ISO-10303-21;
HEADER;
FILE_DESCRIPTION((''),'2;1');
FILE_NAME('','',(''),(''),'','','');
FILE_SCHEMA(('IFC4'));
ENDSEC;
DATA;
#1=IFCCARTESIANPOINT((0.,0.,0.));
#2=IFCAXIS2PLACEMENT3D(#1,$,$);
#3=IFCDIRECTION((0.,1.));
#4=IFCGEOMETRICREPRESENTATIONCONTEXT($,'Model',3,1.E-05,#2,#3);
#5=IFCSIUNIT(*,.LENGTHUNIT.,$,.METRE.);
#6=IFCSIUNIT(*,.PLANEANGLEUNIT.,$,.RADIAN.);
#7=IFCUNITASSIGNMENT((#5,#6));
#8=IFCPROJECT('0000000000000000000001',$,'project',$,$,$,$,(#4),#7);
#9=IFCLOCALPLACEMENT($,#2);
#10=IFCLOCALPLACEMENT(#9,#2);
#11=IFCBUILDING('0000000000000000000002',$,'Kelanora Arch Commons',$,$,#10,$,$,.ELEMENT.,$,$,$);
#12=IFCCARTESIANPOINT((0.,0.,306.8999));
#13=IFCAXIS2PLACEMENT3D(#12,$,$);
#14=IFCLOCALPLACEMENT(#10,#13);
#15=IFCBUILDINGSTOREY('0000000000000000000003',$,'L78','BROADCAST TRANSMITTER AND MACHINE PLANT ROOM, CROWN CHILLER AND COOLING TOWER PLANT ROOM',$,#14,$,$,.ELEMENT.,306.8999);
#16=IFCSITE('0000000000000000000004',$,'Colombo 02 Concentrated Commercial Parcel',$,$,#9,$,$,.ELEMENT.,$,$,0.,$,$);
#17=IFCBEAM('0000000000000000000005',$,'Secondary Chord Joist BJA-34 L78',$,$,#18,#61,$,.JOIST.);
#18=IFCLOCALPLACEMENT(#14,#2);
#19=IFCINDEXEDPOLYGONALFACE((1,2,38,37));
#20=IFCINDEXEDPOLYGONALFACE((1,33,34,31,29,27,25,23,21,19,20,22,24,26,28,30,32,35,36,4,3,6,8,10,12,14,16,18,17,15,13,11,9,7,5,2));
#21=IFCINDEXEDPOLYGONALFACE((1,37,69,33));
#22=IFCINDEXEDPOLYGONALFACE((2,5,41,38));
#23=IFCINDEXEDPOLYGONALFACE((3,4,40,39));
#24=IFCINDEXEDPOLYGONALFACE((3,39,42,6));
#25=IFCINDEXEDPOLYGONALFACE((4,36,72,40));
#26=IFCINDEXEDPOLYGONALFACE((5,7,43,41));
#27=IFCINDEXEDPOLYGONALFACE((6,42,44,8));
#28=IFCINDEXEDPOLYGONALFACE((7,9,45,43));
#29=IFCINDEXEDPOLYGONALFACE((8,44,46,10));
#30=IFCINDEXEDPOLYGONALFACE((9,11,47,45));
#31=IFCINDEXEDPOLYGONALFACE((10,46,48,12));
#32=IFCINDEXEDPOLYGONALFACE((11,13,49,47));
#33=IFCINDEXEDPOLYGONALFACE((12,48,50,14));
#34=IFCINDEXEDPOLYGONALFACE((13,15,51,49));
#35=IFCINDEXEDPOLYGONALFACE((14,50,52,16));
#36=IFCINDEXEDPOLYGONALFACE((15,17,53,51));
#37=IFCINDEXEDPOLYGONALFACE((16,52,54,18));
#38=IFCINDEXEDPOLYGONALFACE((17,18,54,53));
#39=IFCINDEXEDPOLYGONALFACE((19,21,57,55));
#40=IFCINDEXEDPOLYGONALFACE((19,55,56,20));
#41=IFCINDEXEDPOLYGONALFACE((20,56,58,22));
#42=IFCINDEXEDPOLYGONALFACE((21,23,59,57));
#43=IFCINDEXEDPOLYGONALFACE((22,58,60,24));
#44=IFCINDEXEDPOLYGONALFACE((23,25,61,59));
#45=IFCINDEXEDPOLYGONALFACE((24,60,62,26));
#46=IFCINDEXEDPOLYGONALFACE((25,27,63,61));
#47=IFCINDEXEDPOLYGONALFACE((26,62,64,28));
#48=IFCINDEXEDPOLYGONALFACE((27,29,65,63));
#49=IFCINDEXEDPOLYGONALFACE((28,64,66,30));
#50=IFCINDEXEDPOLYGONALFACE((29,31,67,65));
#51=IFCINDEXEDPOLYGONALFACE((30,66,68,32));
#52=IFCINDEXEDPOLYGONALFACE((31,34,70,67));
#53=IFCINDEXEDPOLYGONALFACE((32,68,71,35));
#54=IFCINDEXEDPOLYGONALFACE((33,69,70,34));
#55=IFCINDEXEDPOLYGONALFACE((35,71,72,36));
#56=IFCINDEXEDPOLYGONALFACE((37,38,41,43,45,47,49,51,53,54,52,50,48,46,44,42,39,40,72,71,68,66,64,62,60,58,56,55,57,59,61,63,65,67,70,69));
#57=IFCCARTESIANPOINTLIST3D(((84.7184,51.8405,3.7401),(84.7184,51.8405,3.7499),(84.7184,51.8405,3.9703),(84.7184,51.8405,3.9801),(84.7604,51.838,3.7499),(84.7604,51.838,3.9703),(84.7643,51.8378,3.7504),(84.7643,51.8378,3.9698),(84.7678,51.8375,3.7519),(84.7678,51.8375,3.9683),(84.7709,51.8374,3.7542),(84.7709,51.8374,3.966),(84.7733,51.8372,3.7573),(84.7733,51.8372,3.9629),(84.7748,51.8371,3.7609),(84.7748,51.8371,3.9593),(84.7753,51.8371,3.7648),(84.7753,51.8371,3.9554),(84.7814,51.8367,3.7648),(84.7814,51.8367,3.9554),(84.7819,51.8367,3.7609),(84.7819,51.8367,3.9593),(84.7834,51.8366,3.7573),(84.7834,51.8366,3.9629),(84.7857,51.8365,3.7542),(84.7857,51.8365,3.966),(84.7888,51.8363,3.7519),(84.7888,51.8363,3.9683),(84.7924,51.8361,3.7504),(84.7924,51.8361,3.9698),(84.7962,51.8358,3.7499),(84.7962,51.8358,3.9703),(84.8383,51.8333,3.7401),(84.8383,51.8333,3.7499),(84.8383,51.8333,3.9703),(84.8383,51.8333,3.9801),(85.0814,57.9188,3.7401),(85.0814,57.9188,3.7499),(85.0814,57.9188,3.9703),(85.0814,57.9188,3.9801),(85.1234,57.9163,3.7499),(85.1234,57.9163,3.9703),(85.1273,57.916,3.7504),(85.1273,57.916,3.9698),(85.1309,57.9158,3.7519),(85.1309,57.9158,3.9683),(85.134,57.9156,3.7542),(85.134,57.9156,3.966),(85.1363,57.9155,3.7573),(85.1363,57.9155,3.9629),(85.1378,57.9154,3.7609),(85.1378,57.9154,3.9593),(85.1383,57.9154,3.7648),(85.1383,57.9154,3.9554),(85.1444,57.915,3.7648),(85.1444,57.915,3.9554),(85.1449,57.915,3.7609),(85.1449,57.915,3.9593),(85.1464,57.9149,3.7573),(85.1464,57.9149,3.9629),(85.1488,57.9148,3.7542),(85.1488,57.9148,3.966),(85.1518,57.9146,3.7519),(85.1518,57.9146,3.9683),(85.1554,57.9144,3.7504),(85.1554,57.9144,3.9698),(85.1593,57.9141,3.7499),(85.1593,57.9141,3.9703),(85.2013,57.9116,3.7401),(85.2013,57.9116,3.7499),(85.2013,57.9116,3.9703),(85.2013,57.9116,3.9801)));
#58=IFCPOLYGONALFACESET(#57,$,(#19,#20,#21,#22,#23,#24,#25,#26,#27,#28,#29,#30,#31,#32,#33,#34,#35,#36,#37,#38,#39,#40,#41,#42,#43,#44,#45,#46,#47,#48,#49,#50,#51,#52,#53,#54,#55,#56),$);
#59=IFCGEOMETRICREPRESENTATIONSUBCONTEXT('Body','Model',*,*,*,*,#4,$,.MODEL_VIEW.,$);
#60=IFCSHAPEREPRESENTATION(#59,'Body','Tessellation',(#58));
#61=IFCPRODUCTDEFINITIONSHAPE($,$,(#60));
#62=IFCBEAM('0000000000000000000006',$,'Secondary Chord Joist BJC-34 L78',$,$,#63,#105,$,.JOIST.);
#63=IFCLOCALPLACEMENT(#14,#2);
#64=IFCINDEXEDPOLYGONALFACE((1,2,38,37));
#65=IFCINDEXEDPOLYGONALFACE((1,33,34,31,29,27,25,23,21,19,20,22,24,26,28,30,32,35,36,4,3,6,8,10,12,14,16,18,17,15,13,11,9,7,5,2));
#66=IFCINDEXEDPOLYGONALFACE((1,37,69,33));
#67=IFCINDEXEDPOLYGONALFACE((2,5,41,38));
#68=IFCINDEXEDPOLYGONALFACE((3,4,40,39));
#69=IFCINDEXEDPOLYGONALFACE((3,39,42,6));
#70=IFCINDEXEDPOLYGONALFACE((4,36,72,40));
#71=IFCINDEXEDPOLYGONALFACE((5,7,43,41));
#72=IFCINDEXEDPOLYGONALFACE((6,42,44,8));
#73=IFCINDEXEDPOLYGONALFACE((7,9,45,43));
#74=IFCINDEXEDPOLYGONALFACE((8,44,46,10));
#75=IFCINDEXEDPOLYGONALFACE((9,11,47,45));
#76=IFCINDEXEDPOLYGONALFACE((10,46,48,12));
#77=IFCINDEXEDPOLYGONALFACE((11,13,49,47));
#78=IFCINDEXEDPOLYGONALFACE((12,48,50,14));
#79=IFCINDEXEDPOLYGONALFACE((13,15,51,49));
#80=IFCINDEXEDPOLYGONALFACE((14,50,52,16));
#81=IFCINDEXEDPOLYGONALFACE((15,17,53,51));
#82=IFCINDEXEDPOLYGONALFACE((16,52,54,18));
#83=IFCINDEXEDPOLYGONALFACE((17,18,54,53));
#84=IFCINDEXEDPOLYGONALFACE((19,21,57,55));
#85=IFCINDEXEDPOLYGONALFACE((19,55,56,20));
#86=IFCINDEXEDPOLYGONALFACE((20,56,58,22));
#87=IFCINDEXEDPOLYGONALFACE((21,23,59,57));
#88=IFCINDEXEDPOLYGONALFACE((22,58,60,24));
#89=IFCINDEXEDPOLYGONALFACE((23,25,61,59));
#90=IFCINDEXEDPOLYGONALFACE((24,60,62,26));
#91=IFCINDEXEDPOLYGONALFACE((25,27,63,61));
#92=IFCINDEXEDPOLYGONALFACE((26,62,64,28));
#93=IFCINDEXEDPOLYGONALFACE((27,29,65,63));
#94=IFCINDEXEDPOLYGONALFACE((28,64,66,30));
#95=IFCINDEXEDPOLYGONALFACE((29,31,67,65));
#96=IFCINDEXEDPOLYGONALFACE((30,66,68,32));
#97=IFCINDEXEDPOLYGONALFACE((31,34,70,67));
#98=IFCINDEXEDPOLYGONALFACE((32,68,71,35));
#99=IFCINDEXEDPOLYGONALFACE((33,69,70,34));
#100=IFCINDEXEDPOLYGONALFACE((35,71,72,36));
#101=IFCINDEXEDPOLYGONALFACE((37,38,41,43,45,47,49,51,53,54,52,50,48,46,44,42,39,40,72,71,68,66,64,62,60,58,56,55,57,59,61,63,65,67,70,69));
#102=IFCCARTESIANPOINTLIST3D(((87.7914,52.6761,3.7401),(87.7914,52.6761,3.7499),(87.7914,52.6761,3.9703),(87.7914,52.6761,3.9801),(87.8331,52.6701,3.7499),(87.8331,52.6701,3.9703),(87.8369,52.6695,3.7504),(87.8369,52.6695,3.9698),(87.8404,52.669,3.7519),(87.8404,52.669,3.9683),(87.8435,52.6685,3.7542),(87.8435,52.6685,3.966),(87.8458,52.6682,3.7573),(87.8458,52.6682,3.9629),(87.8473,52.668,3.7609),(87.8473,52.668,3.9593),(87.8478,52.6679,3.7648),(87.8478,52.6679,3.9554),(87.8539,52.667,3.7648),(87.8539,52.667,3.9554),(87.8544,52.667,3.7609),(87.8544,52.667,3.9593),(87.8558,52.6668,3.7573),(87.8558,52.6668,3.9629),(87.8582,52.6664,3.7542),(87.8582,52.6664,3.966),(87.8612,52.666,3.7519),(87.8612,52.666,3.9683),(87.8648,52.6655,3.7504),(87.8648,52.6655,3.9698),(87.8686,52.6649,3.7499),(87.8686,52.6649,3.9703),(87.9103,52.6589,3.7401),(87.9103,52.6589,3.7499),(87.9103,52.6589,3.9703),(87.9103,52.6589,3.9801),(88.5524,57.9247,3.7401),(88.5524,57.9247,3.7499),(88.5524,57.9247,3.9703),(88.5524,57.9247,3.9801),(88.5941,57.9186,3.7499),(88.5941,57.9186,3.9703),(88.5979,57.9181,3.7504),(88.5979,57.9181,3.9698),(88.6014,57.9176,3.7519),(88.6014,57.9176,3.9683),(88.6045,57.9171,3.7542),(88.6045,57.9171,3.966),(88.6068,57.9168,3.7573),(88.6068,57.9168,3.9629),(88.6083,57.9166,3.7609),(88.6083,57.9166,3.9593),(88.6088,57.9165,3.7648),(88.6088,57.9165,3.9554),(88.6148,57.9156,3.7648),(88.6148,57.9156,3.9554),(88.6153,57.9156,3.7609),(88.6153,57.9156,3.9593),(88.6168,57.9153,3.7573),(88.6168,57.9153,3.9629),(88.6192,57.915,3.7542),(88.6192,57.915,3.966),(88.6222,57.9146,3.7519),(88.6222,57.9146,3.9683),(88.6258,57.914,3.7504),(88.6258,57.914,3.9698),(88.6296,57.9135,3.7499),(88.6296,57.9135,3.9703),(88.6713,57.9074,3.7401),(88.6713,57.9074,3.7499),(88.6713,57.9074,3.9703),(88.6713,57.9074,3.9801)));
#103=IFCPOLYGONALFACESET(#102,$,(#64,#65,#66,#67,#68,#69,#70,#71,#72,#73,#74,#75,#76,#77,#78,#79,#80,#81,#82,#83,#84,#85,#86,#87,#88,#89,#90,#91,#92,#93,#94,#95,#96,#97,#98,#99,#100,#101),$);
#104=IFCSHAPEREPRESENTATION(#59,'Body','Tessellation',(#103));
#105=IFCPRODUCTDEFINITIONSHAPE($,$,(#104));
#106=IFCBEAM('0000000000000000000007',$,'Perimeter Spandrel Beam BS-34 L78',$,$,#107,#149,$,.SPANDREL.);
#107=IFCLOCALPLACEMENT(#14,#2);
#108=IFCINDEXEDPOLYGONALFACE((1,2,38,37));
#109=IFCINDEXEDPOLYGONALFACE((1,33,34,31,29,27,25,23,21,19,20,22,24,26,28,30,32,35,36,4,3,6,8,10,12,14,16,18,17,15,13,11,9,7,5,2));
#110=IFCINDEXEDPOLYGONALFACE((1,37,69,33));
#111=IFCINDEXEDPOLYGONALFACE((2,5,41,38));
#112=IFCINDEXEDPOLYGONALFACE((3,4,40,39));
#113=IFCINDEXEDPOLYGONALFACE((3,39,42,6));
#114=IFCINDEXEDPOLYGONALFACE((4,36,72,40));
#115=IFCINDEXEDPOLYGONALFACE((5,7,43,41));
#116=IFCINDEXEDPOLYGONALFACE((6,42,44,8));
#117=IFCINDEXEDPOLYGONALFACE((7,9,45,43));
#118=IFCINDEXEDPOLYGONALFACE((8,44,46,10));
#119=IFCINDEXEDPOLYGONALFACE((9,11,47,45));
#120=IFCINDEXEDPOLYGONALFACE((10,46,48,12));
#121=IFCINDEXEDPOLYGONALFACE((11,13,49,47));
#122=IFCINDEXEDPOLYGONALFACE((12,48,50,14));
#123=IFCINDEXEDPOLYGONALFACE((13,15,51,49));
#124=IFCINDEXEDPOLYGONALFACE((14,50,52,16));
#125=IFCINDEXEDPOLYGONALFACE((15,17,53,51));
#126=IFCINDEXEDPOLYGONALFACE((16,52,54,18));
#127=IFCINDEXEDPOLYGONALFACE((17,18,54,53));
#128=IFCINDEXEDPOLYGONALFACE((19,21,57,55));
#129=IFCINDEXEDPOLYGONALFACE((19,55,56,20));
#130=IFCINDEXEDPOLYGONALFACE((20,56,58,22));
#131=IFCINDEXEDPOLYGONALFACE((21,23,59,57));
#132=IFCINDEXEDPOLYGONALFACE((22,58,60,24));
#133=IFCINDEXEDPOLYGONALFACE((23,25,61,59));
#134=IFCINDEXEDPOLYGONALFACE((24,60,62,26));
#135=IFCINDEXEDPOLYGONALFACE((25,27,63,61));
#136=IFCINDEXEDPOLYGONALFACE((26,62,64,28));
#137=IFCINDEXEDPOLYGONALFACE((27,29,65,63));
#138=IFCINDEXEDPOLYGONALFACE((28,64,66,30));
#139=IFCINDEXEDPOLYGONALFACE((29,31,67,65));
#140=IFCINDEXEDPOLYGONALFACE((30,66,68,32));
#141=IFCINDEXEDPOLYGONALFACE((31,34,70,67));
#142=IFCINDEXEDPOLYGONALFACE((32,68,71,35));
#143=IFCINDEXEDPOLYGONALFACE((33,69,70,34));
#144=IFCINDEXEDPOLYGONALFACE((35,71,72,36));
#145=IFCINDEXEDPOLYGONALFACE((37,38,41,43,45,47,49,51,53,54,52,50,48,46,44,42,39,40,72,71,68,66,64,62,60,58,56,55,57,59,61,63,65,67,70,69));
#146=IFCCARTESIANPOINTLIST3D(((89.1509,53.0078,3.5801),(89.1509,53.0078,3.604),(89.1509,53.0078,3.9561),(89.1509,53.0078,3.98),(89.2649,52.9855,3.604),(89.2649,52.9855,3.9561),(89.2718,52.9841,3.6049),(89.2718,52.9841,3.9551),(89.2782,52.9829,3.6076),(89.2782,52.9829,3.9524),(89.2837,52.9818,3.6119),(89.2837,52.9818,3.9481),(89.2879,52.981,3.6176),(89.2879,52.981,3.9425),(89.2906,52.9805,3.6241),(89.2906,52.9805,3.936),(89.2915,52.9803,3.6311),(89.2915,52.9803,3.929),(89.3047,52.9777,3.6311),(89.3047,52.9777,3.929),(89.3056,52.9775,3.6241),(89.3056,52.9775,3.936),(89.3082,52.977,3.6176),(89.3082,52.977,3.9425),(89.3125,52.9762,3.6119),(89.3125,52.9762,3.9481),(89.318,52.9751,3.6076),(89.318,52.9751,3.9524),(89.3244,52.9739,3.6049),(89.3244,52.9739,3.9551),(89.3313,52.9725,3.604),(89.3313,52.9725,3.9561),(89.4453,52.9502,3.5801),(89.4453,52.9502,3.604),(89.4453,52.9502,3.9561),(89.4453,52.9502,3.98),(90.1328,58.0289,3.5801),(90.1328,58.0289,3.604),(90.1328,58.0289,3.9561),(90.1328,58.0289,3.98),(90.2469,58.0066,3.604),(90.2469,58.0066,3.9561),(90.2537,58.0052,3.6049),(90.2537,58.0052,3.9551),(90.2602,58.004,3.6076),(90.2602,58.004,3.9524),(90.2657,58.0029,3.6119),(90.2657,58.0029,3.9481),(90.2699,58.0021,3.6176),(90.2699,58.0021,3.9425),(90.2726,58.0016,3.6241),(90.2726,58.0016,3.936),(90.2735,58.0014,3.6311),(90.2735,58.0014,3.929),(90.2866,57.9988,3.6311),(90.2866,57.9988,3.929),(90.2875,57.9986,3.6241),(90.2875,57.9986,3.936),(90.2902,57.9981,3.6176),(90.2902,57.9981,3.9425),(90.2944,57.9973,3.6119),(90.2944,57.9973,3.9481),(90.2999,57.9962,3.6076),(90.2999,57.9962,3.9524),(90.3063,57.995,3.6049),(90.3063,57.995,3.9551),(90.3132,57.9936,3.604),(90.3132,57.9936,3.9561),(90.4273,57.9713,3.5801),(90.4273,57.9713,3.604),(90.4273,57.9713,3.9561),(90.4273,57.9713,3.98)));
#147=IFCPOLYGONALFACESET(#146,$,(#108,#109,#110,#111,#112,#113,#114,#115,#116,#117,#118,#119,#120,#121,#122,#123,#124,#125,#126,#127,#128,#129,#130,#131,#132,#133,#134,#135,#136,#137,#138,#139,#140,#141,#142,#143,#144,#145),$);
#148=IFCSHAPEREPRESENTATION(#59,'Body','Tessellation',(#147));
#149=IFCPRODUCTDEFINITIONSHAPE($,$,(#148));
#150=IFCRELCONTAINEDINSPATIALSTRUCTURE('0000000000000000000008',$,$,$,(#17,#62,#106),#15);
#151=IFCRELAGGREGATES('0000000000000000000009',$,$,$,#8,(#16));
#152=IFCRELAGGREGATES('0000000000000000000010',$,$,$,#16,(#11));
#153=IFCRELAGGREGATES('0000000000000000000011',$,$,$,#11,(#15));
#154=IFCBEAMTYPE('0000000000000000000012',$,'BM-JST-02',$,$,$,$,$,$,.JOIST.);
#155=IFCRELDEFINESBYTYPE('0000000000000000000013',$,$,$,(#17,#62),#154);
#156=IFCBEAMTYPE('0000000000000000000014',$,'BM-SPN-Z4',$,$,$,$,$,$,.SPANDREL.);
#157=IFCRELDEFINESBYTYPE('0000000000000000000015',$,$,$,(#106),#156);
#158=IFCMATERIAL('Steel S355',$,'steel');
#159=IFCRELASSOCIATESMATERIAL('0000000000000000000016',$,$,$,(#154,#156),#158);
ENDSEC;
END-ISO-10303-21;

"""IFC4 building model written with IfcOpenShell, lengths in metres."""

from ifc_helpers import new_model, si_unit, direction, frame, origin, origin_2d, place, context, subcontext, project, spatial, i_section, extrude, material, material_profile, profile_set, type_object, element, save


model = new_model("IFC4")

# Units and contexts
model_context = context("Model", 3, precision=1e-05, world=origin(), true_north=direction((0.0, 1.0)))
body_context = subcontext(model_context, "Body", "Model", "MODEL_VIEW")
ifc_project = project(units=[si_unit("LENGTHUNIT", "METRE"), si_unit("PLANEANGLEUNIT", "RADIAN")], contexts=[model_context])

# Site, building, storey
site_placement = place(None, origin())
site = spatial("IfcSite", under=ifc_project, at=site_placement, Name="Colombo 02 Concentrated Commercial Parcel", CompositionType="ELEMENT", RefElevation=0.0)
building_placement = place(site_placement, origin())
building = spatial("IfcBuilding", under=site, at=building_placement, Name="Kelanora Arch Commons", CompositionType="ELEMENT")
storey_placement = place(building_placement, frame((0.0, 0.0, 306.8999)))
storey = spatial("IfcBuildingStorey", under=building, at=storey_placement, Name="L78", Description="BROADCAST TRANSMITTER AND MACHINE PLANT ROOM, CROWN CHILLER AND COOLING TOWER PLANT ROOM", CompositionType="ELEMENT", Elevation=306.8999)

# Beams
ifc_material_1 = material(Name="Steel S355", Category="steel")
ifc_material_profile_1 = material_profile(ifc_material_1, i_section(OverallWidth=0.1201, OverallDepth=0.24, WebThickness=0.0061, FlangeThickness=0.0098, FilletRadius=0.0149, at=origin_2d()), Name="IPE240")
ifc_profile_set_1 = profile_set([ifc_material_profile_1], Name="Steel S355")
beam_type_1 = type_object("IfcBeamType", Name="BM-JST-02", PredefinedType="JOIST", material=ifc_profile_set_1)
beam_1_placement = place(storey_placement, frame((84.7783, 51.8369, 3.8601), z_axis=(0.05962, 0.998221, 0.0), x_axis=(-0.998221, 0.05962, 0.0)))
element("IfcBeam", 1, at=beam_1_placement, inside=storey, type_object=beam_type_1, Name="Secondary Chord Joist BJA-34 L78", PredefinedType="JOIST", context=body_context, shape_type="SweptSolid", body=[
    extrude(i_section(OverallWidth=0.1201, OverallDepth=0.24, WebThickness=0.0061, FlangeThickness=0.0098, FilletRadius=0.0149, at=origin_2d()), origin(), (0.0, 0.0, 1.0), 6.0891),
])
beam_2_placement = place(storey_placement, frame((87.8508, 52.6675, 3.8601), z_axis=(0.14349, 0.989652, 0.0), x_axis=(-0.989652, 0.14349, 0.0)))
element("IfcBeam", 2, at=beam_2_placement, inside=storey, type_object=beam_type_1, Name="Secondary Chord Joist BJC-34 L78", PredefinedType="JOIST", context=body_context, shape_type="SweptSolid", body=[
    extrude(i_section(OverallWidth=0.1201, OverallDepth=0.24, WebThickness=0.0061, FlangeThickness=0.0098, FilletRadius=0.0149, at=origin_2d()), origin(), (0.0, 0.0, 1.0), 5.3035),
])
ifc_material_profile_2 = material_profile(ifc_material_1, i_section(OverallWidth=0.3, OverallDepth=0.3999, WebThickness=0.0134, FlangeThickness=0.0239, FilletRadius=0.0271, at=origin_2d()), Name="HEB400")
ifc_profile_set_2 = profile_set([ifc_material_profile_2], Name="Steel S355")
beam_type_2 = type_object("IfcBeamType", Name="BM-SPN-Z4", PredefinedType="SPANDREL", material=ifc_profile_set_2)
beam_3_placement = place(storey_placement, frame((89.2981, 52.979, 3.78), z_axis=(0.19193, 0.981409, 0.0), x_axis=(-0.981409, 0.19193, 0.0)))
element("IfcBeam", 3, at=beam_3_placement, inside=storey, type_object=beam_type_2, Name="Perimeter Spandrel Beam BS-34 L78", PredefinedType="SPANDREL", context=body_context, shape_type="SweptSolid", body=[
    extrude(i_section(OverallWidth=0.3, OverallDepth=0.3999, WebThickness=0.0134, FlangeThickness=0.0239, FilletRadius=0.0271, at=origin_2d()), origin(), (0.0, 0.0, 1.0), 5.1162),
])

save(model, "model.ifc")
